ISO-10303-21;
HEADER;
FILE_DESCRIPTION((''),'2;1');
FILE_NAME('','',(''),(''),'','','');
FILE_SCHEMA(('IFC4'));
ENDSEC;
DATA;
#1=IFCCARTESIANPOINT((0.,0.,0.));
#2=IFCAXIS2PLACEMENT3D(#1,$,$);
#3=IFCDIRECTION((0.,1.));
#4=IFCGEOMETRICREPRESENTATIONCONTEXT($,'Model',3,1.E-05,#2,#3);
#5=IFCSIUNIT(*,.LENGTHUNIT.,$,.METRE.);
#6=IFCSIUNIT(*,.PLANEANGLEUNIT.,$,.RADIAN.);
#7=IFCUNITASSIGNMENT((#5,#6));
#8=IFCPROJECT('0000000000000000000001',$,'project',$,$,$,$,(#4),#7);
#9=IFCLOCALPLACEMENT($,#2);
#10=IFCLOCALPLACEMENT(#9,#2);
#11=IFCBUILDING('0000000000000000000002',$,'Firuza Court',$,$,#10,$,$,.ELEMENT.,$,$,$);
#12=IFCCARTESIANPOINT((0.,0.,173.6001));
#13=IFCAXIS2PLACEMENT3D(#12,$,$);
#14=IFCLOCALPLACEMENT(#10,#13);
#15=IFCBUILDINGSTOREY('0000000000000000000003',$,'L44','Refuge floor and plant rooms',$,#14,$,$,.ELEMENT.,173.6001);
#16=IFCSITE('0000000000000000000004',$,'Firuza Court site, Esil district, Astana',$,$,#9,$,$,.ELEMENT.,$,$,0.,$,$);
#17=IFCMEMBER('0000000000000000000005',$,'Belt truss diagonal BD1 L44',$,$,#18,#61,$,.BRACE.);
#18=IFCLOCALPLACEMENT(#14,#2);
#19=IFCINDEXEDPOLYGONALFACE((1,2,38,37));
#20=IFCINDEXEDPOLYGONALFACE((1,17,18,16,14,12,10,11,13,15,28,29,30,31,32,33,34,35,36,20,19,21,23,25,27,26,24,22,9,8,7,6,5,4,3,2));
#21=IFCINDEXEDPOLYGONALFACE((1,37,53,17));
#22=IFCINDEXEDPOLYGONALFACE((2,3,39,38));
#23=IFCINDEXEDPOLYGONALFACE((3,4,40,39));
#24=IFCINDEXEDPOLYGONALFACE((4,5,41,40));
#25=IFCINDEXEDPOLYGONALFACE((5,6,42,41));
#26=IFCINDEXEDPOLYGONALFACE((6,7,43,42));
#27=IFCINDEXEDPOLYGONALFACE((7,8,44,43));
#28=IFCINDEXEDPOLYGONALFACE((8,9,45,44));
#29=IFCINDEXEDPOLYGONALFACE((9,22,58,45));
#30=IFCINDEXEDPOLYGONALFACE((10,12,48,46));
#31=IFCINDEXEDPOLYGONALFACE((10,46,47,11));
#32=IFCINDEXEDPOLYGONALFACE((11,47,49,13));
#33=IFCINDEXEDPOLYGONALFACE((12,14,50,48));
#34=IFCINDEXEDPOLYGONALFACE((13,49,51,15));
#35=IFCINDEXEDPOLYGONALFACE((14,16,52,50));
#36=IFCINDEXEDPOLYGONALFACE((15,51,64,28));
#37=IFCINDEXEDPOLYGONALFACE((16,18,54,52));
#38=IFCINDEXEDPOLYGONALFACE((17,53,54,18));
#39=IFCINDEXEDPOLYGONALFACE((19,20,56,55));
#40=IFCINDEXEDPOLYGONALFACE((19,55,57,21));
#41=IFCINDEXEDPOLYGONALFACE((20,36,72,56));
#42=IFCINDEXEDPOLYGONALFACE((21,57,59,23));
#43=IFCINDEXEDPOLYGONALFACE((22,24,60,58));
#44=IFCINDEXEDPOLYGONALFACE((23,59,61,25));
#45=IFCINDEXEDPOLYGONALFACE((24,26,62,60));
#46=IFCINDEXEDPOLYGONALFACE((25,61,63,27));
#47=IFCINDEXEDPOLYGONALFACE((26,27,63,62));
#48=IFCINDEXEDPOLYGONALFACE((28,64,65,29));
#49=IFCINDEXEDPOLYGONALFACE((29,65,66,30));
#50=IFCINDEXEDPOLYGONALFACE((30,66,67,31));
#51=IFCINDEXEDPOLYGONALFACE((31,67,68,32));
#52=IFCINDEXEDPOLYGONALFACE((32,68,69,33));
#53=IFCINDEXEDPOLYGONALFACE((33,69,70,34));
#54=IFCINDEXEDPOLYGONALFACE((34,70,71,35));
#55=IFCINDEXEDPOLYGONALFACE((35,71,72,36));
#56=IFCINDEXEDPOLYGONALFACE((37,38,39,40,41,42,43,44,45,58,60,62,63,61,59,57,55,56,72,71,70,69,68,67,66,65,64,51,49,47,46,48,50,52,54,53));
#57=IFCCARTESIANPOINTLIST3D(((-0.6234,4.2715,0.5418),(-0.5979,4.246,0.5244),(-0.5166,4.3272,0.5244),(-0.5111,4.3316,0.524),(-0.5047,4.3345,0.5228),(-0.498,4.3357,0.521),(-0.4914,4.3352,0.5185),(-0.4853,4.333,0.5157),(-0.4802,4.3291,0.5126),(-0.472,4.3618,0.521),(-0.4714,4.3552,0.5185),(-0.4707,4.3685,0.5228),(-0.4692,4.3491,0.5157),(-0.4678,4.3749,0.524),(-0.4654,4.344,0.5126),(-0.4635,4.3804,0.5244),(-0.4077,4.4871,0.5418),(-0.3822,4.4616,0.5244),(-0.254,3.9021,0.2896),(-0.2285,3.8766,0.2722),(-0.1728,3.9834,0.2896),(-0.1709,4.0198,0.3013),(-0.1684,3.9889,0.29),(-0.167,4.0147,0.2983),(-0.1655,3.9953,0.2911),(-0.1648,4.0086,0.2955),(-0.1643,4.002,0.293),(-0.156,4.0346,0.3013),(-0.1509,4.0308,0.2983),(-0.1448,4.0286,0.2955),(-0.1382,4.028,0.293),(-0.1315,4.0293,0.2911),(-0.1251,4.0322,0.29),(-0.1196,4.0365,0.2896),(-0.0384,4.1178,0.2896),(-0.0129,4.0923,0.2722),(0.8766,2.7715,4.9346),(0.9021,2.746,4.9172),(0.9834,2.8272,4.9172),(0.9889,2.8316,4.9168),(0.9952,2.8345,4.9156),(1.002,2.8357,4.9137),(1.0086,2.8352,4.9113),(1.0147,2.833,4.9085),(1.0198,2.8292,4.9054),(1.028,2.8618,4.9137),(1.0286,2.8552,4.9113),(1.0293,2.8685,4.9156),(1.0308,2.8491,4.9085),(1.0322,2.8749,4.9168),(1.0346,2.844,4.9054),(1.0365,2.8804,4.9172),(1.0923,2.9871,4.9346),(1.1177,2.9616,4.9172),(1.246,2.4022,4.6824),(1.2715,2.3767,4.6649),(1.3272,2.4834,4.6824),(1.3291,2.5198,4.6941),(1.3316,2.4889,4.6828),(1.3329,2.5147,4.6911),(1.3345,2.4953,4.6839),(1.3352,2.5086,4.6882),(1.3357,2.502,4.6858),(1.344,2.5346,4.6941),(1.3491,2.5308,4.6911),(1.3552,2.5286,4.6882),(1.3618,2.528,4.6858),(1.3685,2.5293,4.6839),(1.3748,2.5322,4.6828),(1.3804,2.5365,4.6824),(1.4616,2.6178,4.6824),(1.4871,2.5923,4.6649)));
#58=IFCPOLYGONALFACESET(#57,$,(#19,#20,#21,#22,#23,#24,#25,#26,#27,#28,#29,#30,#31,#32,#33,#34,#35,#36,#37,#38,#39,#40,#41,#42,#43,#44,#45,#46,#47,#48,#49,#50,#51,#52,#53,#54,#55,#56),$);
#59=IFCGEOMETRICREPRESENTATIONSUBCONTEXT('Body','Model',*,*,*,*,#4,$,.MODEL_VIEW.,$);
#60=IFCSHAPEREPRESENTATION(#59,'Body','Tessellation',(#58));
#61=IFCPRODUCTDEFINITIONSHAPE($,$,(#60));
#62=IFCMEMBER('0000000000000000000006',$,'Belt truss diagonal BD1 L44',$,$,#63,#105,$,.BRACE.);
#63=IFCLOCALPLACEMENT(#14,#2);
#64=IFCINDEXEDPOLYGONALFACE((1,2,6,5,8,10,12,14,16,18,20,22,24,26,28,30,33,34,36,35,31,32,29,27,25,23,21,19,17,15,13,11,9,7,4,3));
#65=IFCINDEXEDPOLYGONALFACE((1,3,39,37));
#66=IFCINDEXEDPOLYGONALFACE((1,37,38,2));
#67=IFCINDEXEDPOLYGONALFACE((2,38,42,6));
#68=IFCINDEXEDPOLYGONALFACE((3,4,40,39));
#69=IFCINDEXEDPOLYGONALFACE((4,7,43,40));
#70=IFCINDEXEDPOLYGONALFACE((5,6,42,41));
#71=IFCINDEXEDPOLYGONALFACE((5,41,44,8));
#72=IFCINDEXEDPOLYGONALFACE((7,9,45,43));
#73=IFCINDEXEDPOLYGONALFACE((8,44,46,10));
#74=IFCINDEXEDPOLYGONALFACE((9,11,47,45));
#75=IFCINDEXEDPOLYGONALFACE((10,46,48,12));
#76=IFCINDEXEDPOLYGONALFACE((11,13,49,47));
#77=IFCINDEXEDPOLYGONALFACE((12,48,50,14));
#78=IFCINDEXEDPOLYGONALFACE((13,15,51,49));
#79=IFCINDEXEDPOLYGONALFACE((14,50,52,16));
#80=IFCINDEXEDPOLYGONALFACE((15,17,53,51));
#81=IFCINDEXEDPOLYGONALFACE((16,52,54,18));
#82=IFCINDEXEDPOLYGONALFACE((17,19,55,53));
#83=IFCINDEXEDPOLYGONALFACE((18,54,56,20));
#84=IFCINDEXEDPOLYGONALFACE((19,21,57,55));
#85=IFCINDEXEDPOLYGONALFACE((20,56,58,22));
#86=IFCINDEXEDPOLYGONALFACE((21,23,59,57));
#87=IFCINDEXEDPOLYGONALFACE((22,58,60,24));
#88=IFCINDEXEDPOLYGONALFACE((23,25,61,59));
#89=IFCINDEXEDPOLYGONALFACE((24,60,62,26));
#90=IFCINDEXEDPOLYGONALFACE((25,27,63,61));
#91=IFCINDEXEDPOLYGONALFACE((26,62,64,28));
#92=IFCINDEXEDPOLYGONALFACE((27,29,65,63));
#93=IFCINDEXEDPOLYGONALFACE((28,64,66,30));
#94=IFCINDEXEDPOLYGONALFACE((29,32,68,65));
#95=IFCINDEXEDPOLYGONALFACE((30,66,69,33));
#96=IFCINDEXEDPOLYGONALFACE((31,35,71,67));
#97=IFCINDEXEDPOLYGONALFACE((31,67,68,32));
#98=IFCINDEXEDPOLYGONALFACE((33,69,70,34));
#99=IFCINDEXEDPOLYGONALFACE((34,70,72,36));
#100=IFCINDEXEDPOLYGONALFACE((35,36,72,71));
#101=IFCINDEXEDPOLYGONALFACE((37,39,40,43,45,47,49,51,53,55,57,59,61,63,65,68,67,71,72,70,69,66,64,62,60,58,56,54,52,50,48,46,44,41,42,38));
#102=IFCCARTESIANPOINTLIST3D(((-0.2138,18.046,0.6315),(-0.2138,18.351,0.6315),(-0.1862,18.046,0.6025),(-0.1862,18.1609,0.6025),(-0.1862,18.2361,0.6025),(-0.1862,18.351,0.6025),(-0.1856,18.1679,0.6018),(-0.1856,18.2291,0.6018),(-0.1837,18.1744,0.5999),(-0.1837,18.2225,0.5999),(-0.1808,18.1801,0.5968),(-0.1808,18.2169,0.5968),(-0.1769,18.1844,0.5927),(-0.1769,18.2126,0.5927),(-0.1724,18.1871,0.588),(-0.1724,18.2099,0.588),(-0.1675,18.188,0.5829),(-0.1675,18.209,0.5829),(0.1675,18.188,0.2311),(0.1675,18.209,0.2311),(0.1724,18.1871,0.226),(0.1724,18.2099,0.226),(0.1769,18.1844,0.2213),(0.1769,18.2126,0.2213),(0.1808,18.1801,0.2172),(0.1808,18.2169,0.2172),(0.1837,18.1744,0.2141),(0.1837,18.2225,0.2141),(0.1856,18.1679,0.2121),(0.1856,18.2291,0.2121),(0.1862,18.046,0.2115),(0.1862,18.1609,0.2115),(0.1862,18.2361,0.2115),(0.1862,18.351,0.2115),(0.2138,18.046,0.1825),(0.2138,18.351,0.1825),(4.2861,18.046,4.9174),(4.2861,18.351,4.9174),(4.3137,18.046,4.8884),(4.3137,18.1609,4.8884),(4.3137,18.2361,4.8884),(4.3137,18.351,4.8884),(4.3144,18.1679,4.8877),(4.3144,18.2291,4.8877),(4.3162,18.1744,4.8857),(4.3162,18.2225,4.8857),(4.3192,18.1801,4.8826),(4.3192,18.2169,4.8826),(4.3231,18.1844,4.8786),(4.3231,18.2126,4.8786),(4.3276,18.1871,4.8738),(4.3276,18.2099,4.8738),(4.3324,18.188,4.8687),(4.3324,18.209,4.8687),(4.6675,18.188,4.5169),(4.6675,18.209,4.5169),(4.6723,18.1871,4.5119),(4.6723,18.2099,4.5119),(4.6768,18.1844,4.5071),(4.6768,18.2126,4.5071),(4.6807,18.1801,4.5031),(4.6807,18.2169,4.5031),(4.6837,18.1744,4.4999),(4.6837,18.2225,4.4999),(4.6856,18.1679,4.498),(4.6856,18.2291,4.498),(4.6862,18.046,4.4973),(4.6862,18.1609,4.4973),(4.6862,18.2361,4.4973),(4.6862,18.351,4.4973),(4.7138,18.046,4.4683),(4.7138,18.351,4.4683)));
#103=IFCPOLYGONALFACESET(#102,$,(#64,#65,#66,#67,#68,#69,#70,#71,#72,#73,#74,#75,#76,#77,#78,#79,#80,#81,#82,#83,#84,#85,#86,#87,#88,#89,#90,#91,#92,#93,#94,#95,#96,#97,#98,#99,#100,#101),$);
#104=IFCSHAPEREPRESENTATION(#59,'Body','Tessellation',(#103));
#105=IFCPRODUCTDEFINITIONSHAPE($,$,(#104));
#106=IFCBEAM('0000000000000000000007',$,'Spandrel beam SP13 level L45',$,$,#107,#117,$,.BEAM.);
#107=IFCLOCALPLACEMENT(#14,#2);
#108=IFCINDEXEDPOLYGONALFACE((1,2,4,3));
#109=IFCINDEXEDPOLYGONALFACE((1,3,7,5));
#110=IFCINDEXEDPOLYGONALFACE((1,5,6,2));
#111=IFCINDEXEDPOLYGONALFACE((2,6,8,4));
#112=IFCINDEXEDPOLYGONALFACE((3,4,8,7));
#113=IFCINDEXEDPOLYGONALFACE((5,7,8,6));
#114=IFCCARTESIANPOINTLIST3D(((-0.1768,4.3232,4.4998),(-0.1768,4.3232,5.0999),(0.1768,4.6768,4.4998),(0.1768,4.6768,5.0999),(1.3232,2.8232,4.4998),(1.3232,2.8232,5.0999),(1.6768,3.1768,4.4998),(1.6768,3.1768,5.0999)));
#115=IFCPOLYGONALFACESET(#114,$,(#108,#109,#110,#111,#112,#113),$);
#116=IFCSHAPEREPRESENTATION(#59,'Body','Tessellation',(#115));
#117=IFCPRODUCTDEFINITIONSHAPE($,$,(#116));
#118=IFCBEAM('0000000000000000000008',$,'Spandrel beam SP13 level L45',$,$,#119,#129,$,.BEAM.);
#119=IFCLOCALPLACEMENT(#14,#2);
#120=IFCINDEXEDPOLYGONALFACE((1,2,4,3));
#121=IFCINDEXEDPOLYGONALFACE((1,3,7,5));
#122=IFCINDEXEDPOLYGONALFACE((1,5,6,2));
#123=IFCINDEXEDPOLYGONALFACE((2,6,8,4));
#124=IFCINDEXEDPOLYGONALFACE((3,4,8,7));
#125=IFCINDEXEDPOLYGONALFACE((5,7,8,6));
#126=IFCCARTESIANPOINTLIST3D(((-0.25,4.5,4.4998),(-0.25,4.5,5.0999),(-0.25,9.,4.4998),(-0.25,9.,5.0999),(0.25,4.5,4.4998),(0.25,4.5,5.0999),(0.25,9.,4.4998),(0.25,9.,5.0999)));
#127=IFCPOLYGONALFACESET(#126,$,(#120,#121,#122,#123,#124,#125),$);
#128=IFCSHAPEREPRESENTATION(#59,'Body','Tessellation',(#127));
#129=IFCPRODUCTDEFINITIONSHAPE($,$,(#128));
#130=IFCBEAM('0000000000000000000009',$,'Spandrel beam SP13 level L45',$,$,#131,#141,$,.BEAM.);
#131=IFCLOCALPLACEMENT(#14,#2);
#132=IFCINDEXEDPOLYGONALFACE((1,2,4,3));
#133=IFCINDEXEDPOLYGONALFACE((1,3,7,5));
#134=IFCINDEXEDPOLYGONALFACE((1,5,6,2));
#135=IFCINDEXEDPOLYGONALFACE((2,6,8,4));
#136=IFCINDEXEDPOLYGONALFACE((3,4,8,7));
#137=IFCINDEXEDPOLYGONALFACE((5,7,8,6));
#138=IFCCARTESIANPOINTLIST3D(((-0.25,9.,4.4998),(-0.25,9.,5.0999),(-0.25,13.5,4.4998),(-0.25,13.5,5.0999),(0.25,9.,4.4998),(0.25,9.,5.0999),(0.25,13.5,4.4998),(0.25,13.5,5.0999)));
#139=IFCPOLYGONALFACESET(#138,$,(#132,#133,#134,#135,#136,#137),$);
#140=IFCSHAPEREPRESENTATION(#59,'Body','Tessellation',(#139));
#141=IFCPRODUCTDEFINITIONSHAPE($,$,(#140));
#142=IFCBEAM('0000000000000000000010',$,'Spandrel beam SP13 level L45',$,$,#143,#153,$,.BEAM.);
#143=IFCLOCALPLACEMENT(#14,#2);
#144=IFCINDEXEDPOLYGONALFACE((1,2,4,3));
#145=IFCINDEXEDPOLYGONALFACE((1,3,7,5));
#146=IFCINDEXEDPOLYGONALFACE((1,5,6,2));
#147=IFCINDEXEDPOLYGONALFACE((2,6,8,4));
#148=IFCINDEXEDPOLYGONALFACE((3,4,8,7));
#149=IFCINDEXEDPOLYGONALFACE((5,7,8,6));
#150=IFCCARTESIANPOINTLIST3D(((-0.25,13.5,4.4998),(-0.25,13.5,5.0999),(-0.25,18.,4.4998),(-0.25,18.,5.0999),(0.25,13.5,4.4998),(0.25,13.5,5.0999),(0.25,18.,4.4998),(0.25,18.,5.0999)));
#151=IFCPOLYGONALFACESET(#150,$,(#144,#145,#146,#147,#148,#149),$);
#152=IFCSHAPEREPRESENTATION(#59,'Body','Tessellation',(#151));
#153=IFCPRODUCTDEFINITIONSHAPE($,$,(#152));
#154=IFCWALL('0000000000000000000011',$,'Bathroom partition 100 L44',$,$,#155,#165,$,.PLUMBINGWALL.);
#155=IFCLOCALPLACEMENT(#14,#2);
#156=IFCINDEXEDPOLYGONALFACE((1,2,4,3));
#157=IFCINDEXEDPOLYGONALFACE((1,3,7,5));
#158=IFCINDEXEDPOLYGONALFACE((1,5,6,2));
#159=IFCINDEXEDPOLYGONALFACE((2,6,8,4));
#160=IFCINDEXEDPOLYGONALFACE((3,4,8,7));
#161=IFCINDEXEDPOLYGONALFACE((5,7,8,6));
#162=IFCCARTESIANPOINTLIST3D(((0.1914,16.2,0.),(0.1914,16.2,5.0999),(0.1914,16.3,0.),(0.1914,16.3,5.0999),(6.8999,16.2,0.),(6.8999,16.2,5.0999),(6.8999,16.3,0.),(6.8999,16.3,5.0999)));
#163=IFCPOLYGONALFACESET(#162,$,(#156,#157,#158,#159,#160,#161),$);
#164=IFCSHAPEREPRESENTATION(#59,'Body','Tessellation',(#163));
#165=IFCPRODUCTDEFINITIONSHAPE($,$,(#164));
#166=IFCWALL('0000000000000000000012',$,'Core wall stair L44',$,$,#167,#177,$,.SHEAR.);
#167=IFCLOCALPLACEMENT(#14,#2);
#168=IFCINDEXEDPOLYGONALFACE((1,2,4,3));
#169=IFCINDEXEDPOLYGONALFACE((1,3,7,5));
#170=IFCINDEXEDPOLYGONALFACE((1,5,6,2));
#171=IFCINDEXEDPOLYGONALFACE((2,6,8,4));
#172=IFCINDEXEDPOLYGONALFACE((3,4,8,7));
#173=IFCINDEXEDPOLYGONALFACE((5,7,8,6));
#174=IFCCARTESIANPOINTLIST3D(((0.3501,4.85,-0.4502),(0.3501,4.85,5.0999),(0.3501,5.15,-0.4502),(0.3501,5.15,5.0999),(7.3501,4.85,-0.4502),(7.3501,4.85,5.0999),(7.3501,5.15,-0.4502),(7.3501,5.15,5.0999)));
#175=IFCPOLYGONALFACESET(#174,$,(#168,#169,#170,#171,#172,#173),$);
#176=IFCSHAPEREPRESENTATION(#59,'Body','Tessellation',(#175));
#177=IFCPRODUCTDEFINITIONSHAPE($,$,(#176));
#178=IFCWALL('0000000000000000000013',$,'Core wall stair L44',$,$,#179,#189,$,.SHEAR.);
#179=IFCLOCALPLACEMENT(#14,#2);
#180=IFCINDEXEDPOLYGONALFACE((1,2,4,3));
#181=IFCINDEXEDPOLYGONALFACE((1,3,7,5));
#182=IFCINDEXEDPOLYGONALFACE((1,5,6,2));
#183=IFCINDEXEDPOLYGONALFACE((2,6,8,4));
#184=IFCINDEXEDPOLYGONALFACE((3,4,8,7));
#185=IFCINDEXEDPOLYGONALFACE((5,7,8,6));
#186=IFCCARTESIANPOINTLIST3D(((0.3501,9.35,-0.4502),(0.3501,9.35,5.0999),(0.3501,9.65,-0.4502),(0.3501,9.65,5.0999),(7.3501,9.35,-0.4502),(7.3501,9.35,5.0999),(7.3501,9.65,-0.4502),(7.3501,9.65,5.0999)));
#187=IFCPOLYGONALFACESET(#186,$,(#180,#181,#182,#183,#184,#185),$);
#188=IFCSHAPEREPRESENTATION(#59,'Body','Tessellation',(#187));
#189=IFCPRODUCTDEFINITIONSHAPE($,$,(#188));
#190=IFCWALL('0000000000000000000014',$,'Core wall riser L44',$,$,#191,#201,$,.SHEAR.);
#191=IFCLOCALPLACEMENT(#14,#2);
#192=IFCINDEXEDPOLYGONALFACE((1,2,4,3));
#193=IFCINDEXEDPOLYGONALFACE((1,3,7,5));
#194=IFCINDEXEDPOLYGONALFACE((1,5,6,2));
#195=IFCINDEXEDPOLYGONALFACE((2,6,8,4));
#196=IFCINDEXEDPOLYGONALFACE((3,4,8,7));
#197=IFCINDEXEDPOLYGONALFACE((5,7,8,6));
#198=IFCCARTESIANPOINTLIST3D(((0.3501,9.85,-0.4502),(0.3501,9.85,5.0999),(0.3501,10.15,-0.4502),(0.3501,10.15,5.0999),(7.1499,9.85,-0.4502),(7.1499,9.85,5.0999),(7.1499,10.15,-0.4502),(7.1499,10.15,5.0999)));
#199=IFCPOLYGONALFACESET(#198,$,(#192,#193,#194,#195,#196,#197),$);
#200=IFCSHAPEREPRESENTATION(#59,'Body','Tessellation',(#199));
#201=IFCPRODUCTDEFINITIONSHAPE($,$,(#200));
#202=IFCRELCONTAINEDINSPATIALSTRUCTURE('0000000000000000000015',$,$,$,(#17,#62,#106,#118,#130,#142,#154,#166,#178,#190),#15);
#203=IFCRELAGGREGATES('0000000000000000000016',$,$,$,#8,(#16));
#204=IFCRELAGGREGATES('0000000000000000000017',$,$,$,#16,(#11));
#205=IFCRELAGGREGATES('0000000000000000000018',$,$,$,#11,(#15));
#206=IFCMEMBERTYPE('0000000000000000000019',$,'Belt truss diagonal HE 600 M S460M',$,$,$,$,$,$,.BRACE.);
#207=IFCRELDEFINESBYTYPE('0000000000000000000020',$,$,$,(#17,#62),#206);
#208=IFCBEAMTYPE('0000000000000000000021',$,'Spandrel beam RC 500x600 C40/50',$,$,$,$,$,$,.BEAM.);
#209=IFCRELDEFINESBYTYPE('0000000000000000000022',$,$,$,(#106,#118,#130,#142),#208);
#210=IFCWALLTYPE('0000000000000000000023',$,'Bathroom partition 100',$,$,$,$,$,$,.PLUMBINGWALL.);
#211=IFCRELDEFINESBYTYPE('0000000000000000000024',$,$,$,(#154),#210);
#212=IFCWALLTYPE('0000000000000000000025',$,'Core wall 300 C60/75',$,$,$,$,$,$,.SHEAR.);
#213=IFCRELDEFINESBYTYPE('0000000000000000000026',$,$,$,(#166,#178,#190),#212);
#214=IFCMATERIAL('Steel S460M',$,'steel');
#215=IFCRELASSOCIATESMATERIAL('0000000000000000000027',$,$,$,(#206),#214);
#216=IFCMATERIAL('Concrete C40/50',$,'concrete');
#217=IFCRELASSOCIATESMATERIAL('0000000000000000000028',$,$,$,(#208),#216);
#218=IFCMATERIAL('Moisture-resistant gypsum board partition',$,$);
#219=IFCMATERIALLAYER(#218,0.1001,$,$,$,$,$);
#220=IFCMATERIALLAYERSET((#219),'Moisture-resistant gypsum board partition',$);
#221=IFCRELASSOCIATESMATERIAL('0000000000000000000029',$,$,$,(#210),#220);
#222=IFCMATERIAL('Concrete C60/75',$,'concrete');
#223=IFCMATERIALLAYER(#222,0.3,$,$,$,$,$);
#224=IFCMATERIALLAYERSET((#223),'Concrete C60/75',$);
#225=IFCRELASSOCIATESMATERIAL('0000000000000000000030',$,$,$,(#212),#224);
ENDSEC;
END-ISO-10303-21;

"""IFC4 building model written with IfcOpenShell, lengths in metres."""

from ifc_helpers import new_model, si_unit, direction, frame, frame_2d, origin, origin_2d, place, context, subcontext, project, spatial, rectangle, i_section, extrude, material, layer, layer_set, material_profile, profile_set, type_object, element, save


model = new_model("IFC4")

# Units and contexts
model_context = context("Model", 3, precision=1e-05, world=origin(), true_north=direction((0.0, 1.0)))
body_context = subcontext(model_context, "Body", "Model", "MODEL_VIEW")
ifc_project = project(units=[si_unit("LENGTHUNIT", "METRE"), si_unit("PLANEANGLEUNIT", "RADIAN")], contexts=[model_context])

# Site, building, storey
site_placement = place(None, origin())
site = spatial("IfcSite", under=ifc_project, at=site_placement, Name="Firuza Court site, Esil district, Astana", CompositionType="ELEMENT", RefElevation=0.0)
building_placement = place(site_placement, origin())
building = spatial("IfcBuilding", under=site, at=building_placement, Name="Firuza Court", CompositionType="ELEMENT")
storey_placement = place(building_placement, frame((0.0, 0.0, 173.6001)))
storey = spatial("IfcBuildingStorey", under=building, at=storey_placement, Name="L44", Description="Refuge floor and plant rooms", CompositionType="ELEMENT", Elevation=173.6001)

# Members
ifc_material_1 = material(Name="Steel S460M", Category="steel")
ifc_material_profile_1 = material_profile(ifc_material_1, i_section(OverallWidth=0.3049, OverallDepth=0.6201, WebThickness=0.021, FlangeThickness=0.04, FilletRadius=0.0271, at=origin_2d()), Name="HE 600 M")
ifc_profile_set_1 = profile_set([ifc_material_profile_1], Name="Steel S460M")
member_type_1 = type_object("IfcMemberType", Name="Belt truss diagonal HE 600 M S460M", PredefinedType="BRACE", material=ifc_profile_set_1)
member_1_placement = place(storey_placement, frame((-0.3181, 4.1819, 0.407), z_axis=(0.30749, -0.30749, 0.9005), x_axis=(0.707107, 0.707107, 0.0)))
element("IfcMember", 1, at=member_1_placement, inside=storey, type_object=member_type_1, Name="Belt truss diagonal BD1 L44", PredefinedType="BRACE", context=body_context, shape_type="SweptSolid", body=[
    extrude(i_section(OverallWidth=0.3049, OverallDepth=0.6201, WebThickness=0.021, FlangeThickness=0.04, FilletRadius=0.0271, at=origin_2d()), origin(), (0.0, 0.0, 1.0), 4.8782),
])
member_2_placement = place(storey_placement, frame((0.0, 18.1985, 0.407), z_axis=(0.724124, 0.0, 0.68967), x_axis=(0.0, 1.0, 0.0)))
element("IfcMember", 2, at=member_2_placement, inside=storey, type_object=member_type_1, Name="Belt truss diagonal BD1 L44", PredefinedType="BRACE", context=body_context, shape_type="SweptSolid", body=[
    extrude(i_section(OverallWidth=0.3049, OverallDepth=0.6201, WebThickness=0.021, FlangeThickness=0.04, FilletRadius=0.0271, at=origin_2d()), origin(), (0.0, 0.0, 1.0), 6.2144),
])

# Beams
ifc_material_2 = material(Name="Concrete C40/50", Category="concrete")
ifc_material_profile_2 = material_profile(ifc_material_2, rectangle(XDim=0.5, YDim=0.6001, at=origin_2d()), Name="RC 500x600")
ifc_profile_set_2 = profile_set([ifc_material_profile_2], Name="Concrete C40/50")
beam_type = type_object("IfcBeamType", Name="Spandrel beam RC 500x600 C40/50", PredefinedType="BEAM", material=ifc_profile_set_2)
beam_placement = place(storey_placement, frame((0.0, 4.5, 4.7998), z_axis=(0.707107, -0.707107, 0.0), x_axis=(0.707107, 0.707107, 0.0)))
element("IfcBeam", 3, at=beam_placement, inside=storey, type_object=beam_type, Name="Spandrel beam SP13 level L45", PredefinedType="BEAM", context=body_context, shape_type="SweptSolid", body=[
    extrude(rectangle(XDim=0.5, YDim=0.6001, at=origin_2d()), origin(), (0.0, 0.0, 1.0), 2.1213),
])
for number, where, z_axis, x_axis, name in (
    (4, (0.0, 9.0, 4.7998), (0.0, -1.0, 0.0), (1.0, 0.0, 0.0), "Spandrel beam SP13 level L45"),
    (5, (0.0, 13.5, 4.7998), (0.0, -1.0, 0.0), (1.0, 0.0, 0.0), "Spandrel beam SP13 level L45"),
    (6, (0.0, 18.0, 4.7998), (0.0, -1.0, 0.0), (1.0, 0.0, 0.0), "Spandrel beam SP13 level L45"),
):
    element("IfcBeam", number, at=place(storey_placement, frame(where, z_axis=z_axis, x_axis=x_axis)), inside=storey, type_object=beam_type, Name=name, PredefinedType="BEAM", context=body_context, shape_type="SweptSolid", body=[
        extrude(rectangle(XDim=0.5, YDim=0.6001, at=origin_2d()), origin(), (0.0, 0.0, 1.0), 4.5),
    ])

# Walls
ifc_material_3 = material(Name="Moisture-resistant gypsum board partition")
ifc_layer_1 = layer(ifc_material_3, 0.1001)
ifc_layer_set_1 = layer_set([ifc_layer_1], Name="Moisture-resistant gypsum board partition")
wall_type_1 = type_object("IfcWallType", Name="Bathroom partition 100", PredefinedType="PLUMBINGWALL", material=ifc_layer_set_1)
wall_1_placement = place(storey_placement, frame((0.1914, 16.25, 0.0), z_axis=(0.0, 0.0, 1.0), x_axis=(1.0, 0.0, 0.0)))
element("IfcWall", 7, at=wall_1_placement, inside=storey, type_object=wall_type_1, Name="Bathroom partition 100 L44", PredefinedType="PLUMBINGWALL", context=body_context, shape_type="SweptSolid", body=[
    extrude(rectangle(XDim=6.7085, YDim=0.1001, at=frame_2d((3.3542, 0.0))), origin(), (0.0, 0.0, 1.0), 5.0999),
])
ifc_material_4 = material(Name="Concrete C60/75", Category="concrete")
ifc_layer_2 = layer(ifc_material_4, 0.3)
ifc_layer_set_2 = layer_set([ifc_layer_2], Name="Concrete C60/75")
wall_type_2 = type_object("IfcWallType", Name="Core wall 300 C60/75", PredefinedType="SHEAR", material=ifc_layer_set_2)
for number, where, z_axis, x_axis, name in (
    (8, (0.3501, 5.0, -0.4502), (0.0, 0.0, 1.0), (1.0, 0.0, 0.0), "Core wall stair L44"),
    (9, (0.3501, 9.5, -0.4502), (0.0, 0.0, 1.0), (1.0, 0.0, 0.0), "Core wall stair L44"),
):
    element("IfcWall", number, at=place(storey_placement, frame(where, z_axis=z_axis, x_axis=x_axis)), inside=storey, type_object=wall_type_2, Name=name, PredefinedType="SHEAR", context=body_context, shape_type="SweptSolid", body=[
        extrude(rectangle(XDim=7.0, YDim=0.3, at=frame_2d((3.5, 0.0))), origin(), (0.0, 0.0, 1.0), 5.55),
    ])
for number, where, z_axis, x_axis, name in (
    (10, (0.3501, 10.0, -0.4502), (0.0, 0.0, 1.0), (1.0, 0.0, 0.0), "Core wall riser L44"),
):
    element("IfcWall", number, at=place(storey_placement, frame(where, z_axis=z_axis, x_axis=x_axis)), inside=storey, type_object=wall_type_2, Name=name, PredefinedType="SHEAR", context=body_context, shape_type="SweptSolid", body=[
        extrude(rectangle(XDim=6.7998, YDim=0.3, at=frame_2d((3.3999, 0.0))), origin(), (0.0, 0.0, 1.0), 5.55),
    ])

save(model, "model.ifc")
